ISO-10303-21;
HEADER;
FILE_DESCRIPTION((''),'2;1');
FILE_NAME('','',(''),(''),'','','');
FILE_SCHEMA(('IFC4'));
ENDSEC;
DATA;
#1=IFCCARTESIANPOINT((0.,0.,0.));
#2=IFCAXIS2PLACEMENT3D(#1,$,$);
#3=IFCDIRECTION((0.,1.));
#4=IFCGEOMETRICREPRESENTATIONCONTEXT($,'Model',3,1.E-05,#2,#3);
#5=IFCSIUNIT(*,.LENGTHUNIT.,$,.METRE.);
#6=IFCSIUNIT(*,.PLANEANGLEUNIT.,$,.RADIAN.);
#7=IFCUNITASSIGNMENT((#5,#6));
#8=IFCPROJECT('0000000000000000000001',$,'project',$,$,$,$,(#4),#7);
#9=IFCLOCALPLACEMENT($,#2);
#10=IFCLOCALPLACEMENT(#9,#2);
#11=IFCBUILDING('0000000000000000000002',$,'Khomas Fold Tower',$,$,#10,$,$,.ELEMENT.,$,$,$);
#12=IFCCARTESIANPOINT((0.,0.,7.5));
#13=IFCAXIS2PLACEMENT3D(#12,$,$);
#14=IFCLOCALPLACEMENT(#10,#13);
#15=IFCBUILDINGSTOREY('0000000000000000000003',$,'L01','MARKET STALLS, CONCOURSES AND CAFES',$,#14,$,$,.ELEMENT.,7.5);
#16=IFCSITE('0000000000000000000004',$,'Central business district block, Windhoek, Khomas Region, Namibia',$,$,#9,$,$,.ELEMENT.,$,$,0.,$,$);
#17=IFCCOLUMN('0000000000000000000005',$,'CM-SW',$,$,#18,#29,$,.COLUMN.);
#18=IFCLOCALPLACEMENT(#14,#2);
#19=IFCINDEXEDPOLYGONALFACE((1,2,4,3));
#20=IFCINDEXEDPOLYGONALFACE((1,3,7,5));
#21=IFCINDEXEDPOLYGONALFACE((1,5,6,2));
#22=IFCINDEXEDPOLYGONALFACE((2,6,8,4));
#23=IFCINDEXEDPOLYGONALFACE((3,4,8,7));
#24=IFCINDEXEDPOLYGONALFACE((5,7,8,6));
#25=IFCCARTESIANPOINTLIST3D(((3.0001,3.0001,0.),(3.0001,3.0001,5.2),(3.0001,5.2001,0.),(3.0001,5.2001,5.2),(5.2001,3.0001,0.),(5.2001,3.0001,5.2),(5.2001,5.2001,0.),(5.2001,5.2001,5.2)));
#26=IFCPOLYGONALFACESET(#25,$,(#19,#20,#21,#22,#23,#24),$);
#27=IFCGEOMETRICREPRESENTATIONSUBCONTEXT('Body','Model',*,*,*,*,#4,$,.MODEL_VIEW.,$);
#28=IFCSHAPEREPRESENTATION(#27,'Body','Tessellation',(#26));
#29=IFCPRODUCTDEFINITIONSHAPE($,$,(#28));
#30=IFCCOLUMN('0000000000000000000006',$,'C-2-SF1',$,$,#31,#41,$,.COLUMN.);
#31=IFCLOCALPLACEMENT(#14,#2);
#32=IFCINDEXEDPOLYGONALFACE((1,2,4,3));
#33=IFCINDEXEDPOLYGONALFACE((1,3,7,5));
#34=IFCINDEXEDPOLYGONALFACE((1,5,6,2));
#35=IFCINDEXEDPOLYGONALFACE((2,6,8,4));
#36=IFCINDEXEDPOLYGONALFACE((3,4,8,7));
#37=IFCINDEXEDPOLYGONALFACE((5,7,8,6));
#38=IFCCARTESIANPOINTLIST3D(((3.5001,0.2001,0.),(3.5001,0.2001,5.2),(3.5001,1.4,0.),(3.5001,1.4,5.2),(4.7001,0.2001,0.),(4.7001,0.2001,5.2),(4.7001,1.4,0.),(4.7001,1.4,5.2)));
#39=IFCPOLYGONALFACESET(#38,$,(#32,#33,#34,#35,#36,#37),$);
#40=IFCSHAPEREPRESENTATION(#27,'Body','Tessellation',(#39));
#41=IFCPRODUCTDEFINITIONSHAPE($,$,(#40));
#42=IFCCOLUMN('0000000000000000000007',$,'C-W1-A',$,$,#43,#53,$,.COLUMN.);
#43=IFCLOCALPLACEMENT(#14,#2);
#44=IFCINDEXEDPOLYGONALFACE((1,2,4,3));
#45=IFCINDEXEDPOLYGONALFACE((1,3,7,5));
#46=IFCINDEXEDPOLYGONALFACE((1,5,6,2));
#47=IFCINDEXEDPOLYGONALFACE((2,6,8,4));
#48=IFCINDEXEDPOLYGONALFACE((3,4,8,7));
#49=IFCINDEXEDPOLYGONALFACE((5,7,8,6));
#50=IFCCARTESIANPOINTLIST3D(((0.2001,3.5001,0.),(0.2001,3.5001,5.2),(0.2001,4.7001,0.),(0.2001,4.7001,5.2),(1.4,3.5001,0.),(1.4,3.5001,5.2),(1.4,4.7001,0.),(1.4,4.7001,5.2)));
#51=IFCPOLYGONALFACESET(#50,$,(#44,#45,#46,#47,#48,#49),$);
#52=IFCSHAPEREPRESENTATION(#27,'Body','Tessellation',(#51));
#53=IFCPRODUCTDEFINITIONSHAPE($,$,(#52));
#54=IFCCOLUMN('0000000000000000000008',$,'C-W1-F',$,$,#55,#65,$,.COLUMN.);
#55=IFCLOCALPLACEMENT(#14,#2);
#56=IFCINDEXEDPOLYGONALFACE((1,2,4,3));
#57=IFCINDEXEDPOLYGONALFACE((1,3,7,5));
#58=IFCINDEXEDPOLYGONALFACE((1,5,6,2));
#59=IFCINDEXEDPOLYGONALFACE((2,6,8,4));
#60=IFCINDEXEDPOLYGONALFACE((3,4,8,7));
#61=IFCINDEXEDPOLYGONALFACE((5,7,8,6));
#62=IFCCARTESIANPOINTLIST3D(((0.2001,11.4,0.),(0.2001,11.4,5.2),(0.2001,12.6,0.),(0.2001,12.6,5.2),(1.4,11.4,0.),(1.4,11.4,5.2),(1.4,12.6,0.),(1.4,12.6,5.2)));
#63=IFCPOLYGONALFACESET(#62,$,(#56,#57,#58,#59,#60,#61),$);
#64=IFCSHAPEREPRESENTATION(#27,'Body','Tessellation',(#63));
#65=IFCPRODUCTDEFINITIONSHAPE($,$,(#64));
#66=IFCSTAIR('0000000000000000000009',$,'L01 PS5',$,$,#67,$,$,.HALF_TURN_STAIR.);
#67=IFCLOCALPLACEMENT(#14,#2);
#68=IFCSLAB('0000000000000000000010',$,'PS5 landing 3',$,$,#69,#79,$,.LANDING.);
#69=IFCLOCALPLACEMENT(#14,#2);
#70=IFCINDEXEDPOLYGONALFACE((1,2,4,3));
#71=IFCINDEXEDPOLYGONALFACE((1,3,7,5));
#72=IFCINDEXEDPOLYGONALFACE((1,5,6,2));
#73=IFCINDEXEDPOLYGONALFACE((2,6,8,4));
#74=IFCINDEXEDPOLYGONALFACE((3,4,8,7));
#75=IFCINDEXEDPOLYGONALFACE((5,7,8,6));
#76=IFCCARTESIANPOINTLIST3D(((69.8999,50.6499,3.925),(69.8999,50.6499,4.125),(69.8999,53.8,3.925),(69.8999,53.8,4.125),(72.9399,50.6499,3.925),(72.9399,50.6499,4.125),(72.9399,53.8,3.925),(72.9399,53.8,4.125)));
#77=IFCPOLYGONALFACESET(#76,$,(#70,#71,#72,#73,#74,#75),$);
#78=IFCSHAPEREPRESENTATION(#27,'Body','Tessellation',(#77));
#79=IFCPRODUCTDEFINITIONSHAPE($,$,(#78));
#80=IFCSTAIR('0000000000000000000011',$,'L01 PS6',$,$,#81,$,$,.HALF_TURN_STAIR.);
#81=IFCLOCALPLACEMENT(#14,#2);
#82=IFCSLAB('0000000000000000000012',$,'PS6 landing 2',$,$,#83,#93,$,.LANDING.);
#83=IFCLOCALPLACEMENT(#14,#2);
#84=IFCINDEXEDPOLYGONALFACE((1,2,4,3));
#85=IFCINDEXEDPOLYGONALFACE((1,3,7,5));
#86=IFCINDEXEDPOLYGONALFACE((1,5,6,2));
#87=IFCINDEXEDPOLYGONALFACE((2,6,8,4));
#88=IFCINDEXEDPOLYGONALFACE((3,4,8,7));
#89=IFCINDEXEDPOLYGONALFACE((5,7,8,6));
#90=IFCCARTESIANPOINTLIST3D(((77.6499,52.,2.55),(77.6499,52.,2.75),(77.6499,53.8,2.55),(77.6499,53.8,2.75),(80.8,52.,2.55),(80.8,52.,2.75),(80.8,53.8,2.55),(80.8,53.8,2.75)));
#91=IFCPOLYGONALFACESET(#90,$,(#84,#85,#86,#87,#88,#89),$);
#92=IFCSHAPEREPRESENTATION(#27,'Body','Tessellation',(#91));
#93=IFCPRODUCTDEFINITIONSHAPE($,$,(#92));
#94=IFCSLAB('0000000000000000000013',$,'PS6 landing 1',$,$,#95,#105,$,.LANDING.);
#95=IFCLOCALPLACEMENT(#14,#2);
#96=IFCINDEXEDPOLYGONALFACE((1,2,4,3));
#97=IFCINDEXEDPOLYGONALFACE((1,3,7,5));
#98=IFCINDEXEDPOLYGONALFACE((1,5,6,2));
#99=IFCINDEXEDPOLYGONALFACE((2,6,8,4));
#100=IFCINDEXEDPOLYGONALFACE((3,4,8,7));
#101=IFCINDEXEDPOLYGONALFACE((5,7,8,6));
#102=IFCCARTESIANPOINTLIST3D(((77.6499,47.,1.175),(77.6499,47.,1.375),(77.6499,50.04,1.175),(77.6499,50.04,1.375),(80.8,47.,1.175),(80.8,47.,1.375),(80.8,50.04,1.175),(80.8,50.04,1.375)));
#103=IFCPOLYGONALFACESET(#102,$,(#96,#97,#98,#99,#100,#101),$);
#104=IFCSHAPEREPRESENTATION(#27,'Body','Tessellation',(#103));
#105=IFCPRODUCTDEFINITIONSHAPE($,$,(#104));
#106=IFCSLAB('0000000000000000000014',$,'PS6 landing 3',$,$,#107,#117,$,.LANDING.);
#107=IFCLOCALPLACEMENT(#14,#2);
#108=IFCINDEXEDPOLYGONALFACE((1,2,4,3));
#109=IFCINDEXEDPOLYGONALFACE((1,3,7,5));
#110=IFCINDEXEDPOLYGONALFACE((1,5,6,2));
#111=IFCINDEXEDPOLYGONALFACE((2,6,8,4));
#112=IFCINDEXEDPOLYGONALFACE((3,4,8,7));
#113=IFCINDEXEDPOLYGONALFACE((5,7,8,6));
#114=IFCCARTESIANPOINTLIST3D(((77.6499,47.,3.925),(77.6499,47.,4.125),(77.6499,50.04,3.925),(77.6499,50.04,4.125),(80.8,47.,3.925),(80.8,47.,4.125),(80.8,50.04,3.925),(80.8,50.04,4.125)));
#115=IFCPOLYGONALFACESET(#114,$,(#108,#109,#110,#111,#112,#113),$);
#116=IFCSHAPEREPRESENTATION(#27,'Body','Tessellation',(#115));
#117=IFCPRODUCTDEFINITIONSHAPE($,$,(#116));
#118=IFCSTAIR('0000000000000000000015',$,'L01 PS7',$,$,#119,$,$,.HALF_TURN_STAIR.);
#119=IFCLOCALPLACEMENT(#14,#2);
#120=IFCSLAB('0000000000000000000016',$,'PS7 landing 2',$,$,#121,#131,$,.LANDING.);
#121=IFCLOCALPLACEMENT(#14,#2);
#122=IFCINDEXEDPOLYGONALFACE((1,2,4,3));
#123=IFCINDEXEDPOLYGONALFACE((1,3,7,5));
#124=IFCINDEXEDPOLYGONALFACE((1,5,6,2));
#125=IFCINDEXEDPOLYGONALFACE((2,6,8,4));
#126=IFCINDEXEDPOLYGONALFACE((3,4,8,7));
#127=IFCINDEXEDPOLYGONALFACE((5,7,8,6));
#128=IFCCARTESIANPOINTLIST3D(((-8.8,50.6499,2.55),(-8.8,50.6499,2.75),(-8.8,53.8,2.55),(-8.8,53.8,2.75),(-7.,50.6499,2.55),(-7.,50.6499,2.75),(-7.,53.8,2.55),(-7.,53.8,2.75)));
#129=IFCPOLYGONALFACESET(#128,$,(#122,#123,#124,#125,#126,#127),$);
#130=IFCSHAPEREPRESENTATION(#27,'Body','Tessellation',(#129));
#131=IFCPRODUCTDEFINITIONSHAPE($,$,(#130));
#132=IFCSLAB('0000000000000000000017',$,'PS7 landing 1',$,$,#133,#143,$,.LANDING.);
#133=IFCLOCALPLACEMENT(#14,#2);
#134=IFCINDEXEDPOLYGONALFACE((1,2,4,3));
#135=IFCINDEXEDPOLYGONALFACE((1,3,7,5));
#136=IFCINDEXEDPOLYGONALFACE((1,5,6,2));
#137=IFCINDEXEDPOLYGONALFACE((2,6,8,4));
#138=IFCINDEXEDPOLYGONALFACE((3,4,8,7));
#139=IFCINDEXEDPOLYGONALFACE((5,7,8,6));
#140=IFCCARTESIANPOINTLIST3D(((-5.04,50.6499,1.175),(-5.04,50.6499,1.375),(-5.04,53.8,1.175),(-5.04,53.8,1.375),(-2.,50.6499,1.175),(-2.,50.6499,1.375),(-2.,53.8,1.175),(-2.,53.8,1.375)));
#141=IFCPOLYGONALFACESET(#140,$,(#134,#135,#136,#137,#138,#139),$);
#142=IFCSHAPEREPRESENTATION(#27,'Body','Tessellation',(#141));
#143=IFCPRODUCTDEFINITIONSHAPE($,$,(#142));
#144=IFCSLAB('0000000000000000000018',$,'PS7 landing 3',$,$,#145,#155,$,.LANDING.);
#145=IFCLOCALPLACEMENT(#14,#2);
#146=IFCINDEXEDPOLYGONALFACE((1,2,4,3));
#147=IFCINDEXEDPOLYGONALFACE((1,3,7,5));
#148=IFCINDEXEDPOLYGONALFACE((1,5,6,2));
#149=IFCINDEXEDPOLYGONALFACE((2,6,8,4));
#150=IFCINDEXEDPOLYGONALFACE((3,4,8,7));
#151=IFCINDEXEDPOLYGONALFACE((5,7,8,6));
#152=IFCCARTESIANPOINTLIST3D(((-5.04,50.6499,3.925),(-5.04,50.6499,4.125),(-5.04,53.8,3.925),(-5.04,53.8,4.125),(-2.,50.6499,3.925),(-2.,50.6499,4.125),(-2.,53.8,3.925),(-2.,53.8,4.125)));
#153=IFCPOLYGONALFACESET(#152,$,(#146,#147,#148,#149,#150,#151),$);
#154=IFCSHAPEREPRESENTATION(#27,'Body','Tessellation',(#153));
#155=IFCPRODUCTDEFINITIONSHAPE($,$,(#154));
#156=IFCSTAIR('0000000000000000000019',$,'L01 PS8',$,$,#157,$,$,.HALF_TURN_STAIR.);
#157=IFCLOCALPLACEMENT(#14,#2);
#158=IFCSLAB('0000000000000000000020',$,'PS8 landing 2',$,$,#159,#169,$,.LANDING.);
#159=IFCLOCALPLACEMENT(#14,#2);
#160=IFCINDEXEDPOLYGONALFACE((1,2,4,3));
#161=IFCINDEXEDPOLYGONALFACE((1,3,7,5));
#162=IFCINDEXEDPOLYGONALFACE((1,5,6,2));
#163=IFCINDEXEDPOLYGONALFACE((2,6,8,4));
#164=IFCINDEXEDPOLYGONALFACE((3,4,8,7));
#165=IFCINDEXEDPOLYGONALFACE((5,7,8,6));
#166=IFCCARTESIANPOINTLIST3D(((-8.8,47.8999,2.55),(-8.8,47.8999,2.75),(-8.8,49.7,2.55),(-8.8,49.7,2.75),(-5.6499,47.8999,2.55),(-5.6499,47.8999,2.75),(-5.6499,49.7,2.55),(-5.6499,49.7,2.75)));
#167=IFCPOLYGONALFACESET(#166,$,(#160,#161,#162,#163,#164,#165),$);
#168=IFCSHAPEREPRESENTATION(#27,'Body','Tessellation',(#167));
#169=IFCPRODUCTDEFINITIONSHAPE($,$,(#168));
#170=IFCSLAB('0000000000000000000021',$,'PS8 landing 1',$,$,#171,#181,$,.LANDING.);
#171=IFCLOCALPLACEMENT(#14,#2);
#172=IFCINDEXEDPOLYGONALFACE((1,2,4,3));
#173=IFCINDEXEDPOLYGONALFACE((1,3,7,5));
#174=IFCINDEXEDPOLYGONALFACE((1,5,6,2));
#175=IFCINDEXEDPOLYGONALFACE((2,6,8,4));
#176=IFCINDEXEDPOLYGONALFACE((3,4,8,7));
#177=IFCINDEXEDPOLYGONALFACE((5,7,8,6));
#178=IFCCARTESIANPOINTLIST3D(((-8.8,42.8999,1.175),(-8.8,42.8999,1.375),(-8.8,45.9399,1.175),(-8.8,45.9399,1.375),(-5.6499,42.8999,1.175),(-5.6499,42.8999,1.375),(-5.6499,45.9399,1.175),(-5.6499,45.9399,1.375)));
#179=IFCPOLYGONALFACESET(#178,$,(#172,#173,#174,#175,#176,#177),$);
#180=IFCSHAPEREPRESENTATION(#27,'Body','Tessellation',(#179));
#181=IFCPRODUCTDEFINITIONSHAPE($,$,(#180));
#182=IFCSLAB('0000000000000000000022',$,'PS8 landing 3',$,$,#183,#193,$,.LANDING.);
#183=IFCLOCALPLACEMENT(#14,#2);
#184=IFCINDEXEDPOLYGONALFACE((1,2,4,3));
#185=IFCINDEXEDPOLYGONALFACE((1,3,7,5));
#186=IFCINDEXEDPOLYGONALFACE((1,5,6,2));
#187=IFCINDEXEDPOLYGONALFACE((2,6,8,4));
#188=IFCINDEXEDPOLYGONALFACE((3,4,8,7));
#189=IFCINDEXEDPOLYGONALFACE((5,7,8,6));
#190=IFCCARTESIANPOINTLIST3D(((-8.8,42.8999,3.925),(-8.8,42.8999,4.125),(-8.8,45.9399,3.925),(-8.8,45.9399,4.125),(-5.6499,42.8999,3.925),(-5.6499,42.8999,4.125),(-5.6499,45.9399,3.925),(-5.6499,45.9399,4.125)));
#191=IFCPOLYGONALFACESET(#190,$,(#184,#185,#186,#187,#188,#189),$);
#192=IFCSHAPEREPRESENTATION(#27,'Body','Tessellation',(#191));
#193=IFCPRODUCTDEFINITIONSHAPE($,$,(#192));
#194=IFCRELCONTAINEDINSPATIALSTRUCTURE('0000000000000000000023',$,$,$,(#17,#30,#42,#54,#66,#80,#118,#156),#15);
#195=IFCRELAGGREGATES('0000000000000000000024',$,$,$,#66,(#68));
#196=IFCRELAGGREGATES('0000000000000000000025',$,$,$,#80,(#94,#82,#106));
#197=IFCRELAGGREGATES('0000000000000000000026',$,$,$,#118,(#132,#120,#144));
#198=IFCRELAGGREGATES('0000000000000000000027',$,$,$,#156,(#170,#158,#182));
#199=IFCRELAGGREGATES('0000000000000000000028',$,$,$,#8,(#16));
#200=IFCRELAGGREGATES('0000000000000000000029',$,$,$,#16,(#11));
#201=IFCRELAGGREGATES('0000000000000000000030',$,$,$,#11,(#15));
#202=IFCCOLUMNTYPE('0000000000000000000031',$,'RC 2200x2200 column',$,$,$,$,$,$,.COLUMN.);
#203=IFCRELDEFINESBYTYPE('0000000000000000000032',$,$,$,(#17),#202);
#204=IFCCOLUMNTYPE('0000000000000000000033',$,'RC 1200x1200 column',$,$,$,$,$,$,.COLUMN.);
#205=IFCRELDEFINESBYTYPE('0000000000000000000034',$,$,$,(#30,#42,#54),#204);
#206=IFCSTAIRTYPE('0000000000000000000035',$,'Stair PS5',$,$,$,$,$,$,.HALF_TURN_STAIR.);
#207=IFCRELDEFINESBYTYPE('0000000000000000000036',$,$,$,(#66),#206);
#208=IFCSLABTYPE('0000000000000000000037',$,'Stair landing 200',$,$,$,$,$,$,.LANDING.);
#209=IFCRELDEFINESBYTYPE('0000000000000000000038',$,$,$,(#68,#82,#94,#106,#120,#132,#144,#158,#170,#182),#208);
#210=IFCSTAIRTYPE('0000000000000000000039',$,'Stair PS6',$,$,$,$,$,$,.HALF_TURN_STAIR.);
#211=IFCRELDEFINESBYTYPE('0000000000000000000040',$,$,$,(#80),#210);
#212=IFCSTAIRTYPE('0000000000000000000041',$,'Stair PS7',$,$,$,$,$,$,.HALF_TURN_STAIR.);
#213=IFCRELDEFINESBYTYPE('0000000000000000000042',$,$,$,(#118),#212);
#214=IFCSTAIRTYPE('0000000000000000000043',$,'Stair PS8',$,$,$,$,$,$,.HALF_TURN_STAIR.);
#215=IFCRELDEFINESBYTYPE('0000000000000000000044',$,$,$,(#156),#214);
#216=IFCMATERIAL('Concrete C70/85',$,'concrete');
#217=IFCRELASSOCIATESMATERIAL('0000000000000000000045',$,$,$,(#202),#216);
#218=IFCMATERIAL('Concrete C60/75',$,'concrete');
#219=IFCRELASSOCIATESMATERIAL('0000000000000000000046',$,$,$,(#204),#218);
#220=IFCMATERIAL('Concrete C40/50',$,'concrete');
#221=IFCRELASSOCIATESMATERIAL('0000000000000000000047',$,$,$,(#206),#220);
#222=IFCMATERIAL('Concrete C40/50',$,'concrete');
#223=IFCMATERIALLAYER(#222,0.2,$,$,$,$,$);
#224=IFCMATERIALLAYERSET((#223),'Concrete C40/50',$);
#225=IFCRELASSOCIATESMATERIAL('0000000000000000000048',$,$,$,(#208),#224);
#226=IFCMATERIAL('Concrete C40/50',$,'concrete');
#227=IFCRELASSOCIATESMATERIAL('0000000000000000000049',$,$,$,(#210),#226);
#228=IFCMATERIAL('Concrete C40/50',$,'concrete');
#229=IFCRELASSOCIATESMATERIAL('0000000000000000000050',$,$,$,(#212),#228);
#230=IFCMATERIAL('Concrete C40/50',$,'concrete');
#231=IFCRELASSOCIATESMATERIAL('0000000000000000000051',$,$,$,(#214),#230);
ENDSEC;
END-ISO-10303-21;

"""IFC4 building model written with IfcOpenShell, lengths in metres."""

from ifc_helpers import new_model, si_unit, direction, frame, origin, origin_2d, place, context, subcontext, project, spatial, polyline, rectangle, outline, extrude, source, transform, mapped, material, layer, layer_set, material_profile, profile_set, type_object, element, aggregate, save


model = new_model("IFC4")

# Units and contexts
model_context = context("Model", 3, precision=1e-05, world=origin(), true_north=direction((0.0, 1.0)))
body_context = subcontext(model_context, "Body", "Model", "MODEL_VIEW")
ifc_project = project(units=[si_unit("LENGTHUNIT", "METRE"), si_unit("PLANEANGLEUNIT", "RADIAN")], contexts=[model_context])

# Site, building, storey
site_placement = place(None, origin())
site = spatial("IfcSite", under=ifc_project, at=site_placement, Name="Central business district block, Windhoek, Khomas Region, Namibia", CompositionType="ELEMENT", RefElevation=0.0)
building_placement = place(site_placement, origin())
building = spatial("IfcBuilding", under=site, at=building_placement, Name="Khomas Fold Tower", CompositionType="ELEMENT")
storey_placement = place(building_placement, frame((0.0, 0.0, 7.5)))
storey = spatial("IfcBuildingStorey", under=building, at=storey_placement, Name="L01", Description="MARKET STALLS, CONCOURSES AND CAFES", CompositionType="ELEMENT", Elevation=7.5)

# Columns
ifc_material_1 = material(Name="Concrete C70/85", Category="concrete")
ifc_material_profile_1 = material_profile(ifc_material_1, rectangle(XDim=2.2, YDim=2.2, at=origin_2d()), Name="RC 2200x2200")
ifc_profile_set_1 = profile_set([ifc_material_profile_1], Name="Concrete C70/85")
column_type_1 = type_object("IfcColumnType", Name="RC 2200x2200 column", PredefinedType="COLUMN", material=ifc_profile_set_1)
shared_shape_1 = source(origin(), body_context, "Body", "SweptSolid", [
    extrude(rectangle(XDim=2.2, YDim=2.2, at=origin_2d()), origin(), (0.0, 0.0, 1.0), 5.2),
])
column_placement = place(storey_placement, frame((4.1001, 4.1001, 0.0), z_axis=(0.0, 0.0, 1.0), x_axis=(1.0, 0.0, 0.0)))
element("IfcColumn", 1, at=column_placement, inside=storey, type_object=column_type_1, Name="CM-SW", PredefinedType="COLUMN", context=body_context, shape_type="MappedRepresentation", body=[
    mapped(shared_shape_1, transform((0.0, 0.0, 0.0))),
])
ifc_material_2 = material(Name="Concrete C60/75", Category="concrete")
ifc_material_profile_2 = material_profile(ifc_material_2, rectangle(XDim=1.2, YDim=1.2, at=origin_2d()), Name="RC 1200x1200")
ifc_profile_set_2 = profile_set([ifc_material_profile_2], Name="Concrete C60/75")
column_type_2 = type_object("IfcColumnType", Name="RC 1200x1200 column", PredefinedType="COLUMN", material=ifc_profile_set_2)
shared_shape_2 = source(origin(), body_context, "Body", "SweptSolid", [
    extrude(rectangle(XDim=1.2, YDim=1.2, at=origin_2d()), origin(), (0.0, 0.0, 1.0), 5.2),
])
for number, where, z_axis, x_axis, name in (
    (2, (4.1001, 0.8, 0.0), (0.0, 0.0, 1.0), (1.0, 0.0, 0.0), "C-2-SF1"),
    (3, (0.8, 4.1001, 0.0), (0.0, 0.0, 1.0), (1.0, 0.0, 0.0), "C-W1-A"),
    (4, (0.8, 12.0, 0.0), (0.0, 0.0, 1.0), (1.0, 0.0, 0.0), "C-W1-F"),
):
    element("IfcColumn", number, at=place(storey_placement, frame(where, z_axis=z_axis, x_axis=x_axis)), inside=storey, type_object=column_type_2, Name=name, PredefinedType="COLUMN", context=body_context, shape_type="MappedRepresentation", body=[
        mapped(shared_shape_2, transform((0.0, 0.0, 0.0))),
    ])

# Stair, slab
ifc_material_3 = material(Name="Concrete C40/50", Category="concrete")
stair_type_1 = type_object("IfcStairType", Name="Stair PS5", PredefinedType="HALF_TURN_STAIR", material=ifc_material_3)
stair_1_placement = place(storey_placement, origin())
stair_1 = element("IfcStair", 5, at=stair_1_placement, inside=storey, type_object=stair_type_1, Name="L01 PS5", PredefinedType="HALF_TURN_STAIR")
ifc_material_4 = material(Name="Concrete C40/50", Category="concrete")
ifc_layer_1 = layer(ifc_material_4, 0.2)
ifc_layer_set_1 = layer_set([ifc_layer_1], Name="Concrete C40/50")
slab_type = type_object("IfcSlabType", Name="Stair landing 200", PredefinedType="LANDING", material=ifc_layer_set_1)
shared_shape_3 = source(origin(), body_context, "Body", "SweptSolid", [
    extrude(outline(polyline([(72.9399, 53.8), (69.8999, 53.8), (69.8999, 50.6499), (72.9399, 50.6499), (72.9399, 53.8)])), origin(), (0.0, 0.0, 1.0), 0.2),
])
slab_1_placement = place(storey_placement, frame((0.0, 0.0, 3.925)))
slab_1 = element("IfcSlab", 6, at=slab_1_placement, type_object=slab_type, Name="PS5 landing 3", PredefinedType="LANDING", context=body_context, shape_type="MappedRepresentation", body=[
    mapped(shared_shape_3, transform((0.0, 0.0, 0.0))),
])
aggregate(stair_1, [slab_1])

# Stairs, slabs
ifc_material_5 = material(Name="Concrete C40/50", Category="concrete")
stair_type_2 = type_object("IfcStairType", Name="Stair PS6", PredefinedType="HALF_TURN_STAIR", material=ifc_material_5)
stair_2_placement = place(storey_placement, origin())
stair_2 = element("IfcStair", 7, at=stair_2_placement, inside=storey, type_object=stair_type_2, Name="L01 PS6", PredefinedType="HALF_TURN_STAIR")
shared_shape_4 = source(origin(), body_context, "Body", "SweptSolid", [
    extrude(outline(polyline([(77.6499, 53.8), (77.6499, 52.0), (80.8, 52.0), (80.8, 53.8), (77.6499, 53.8)])), origin(), (0.0, 0.0, 1.0), 0.2),
])
slab_2_placement = place(storey_placement, frame((0.0, 0.0, 2.55)))
slab_2 = element("IfcSlab", 8, at=slab_2_placement, type_object=slab_type, Name="PS6 landing 2", PredefinedType="LANDING", context=body_context, shape_type="MappedRepresentation", body=[
    mapped(shared_shape_4, transform((0.0, 0.0, 0.0))),
])
shared_shape_5 = source(origin(), body_context, "Body", "SweptSolid", [
    extrude(outline(polyline([(77.6499, 50.04), (77.6499, 47.0), (80.8, 47.0), (80.8, 50.04), (77.6499, 50.04)])), origin(), (0.0, 0.0, 1.0), 0.2),
])
slab_3_placement = place(storey_placement, frame((0.0, 0.0, 1.175)))
slab_3 = element("IfcSlab", 9, at=slab_3_placement, type_object=slab_type, Name="PS6 landing 1", PredefinedType="LANDING", context=body_context, shape_type="MappedRepresentation", body=[
    mapped(shared_shape_5, transform((0.0, 0.0, 0.0))),
])
slab_4_placement = place(storey_placement, frame((0.0, 0.0, 3.925)))
slab_4 = element("IfcSlab", 10, at=slab_4_placement, type_object=slab_type, Name="PS6 landing 3", PredefinedType="LANDING", context=body_context, shape_type="MappedRepresentation", body=[
    mapped(shared_shape_5, transform((0.0, 0.0, 0.0))),
])
aggregate(stair_2, [slab_3, slab_2, slab_4])
ifc_material_6 = material(Name="Concrete C40/50", Category="concrete")
stair_type_3 = type_object("IfcStairType", Name="Stair PS7", PredefinedType="HALF_TURN_STAIR", material=ifc_material_6)
stair_3_placement = place(storey_placement, origin())
stair_3 = element("IfcStair", 11, at=stair_3_placement, inside=storey, type_object=stair_type_3, Name="L01 PS7", PredefinedType="HALF_TURN_STAIR")
shared_shape_6 = source(origin(), body_context, "Body", "SweptSolid", [
    extrude(outline(polyline([(-8.8, 50.6499), (-7.0, 50.6499), (-7.0, 53.8), (-8.8, 53.8), (-8.8, 50.6499)])), origin(), (0.0, 0.0, 1.0), 0.2),
])
slab_5_placement = place(storey_placement, frame((0.0, 0.0, 2.55)))
slab_5 = element("IfcSlab", 12, at=slab_5_placement, type_object=slab_type, Name="PS7 landing 2", PredefinedType="LANDING", context=body_context, shape_type="MappedRepresentation", body=[
    mapped(shared_shape_6, transform((0.0, 0.0, 0.0))),
])
shared_shape_7 = source(origin(), body_context, "Body", "SweptSolid", [
    extrude(outline(polyline([(-5.04, 50.6499), (-2.0, 50.6499), (-2.0, 53.8), (-5.04, 53.8), (-5.04, 50.6499)])), origin(), (0.0, 0.0, 1.0), 0.2),
])
slab_6_placement = place(storey_placement, frame((0.0, 0.0, 1.175)))
slab_6 = element("IfcSlab", 13, at=slab_6_placement, type_object=slab_type, Name="PS7 landing 1", PredefinedType="LANDING", context=body_context, shape_type="MappedRepresentation", body=[
    mapped(shared_shape_7, transform((0.0, 0.0, 0.0))),
])
slab_7_placement = place(storey_placement, frame((0.0, 0.0, 3.925)))
slab_7 = element("IfcSlab", 14, at=slab_7_placement, type_object=slab_type, Name="PS7 landing 3", PredefinedType="LANDING", context=body_context, shape_type="MappedRepresentation", body=[
    mapped(shared_shape_7, transform((0.0, 0.0, 0.0))),
])
aggregate(stair_3, [slab_6, slab_5, slab_7])
ifc_material_7 = material(Name="Concrete C40/50", Category="concrete")
stair_type_4 = type_object("IfcStairType", Name="Stair PS8", PredefinedType="HALF_TURN_STAIR", material=ifc_material_7)
stair_4_placement = place(storey_placement, origin())
stair_4 = element("IfcStair", 15, at=stair_4_placement, inside=storey, type_object=stair_type_4, Name="L01 PS8", PredefinedType="HALF_TURN_STAIR")
shared_shape_8 = source(origin(), body_context, "Body", "SweptSolid", [
    extrude(outline(polyline([(-8.8, 49.7), (-8.8, 47.8999), (-5.6499, 47.8999), (-5.6499, 49.7), (-8.8, 49.7)])), origin(), (0.0, 0.0, 1.0), 0.2),
])
slab_8_placement = place(storey_placement, frame((0.0, 0.0, 2.55)))
slab_8 = element("IfcSlab", 16, at=slab_8_placement, type_object=slab_type, Name="PS8 landing 2", PredefinedType="LANDING", context=body_context, shape_type="MappedRepresentation", body=[
    mapped(shared_shape_8, transform((0.0, 0.0, 0.0))),
])
shared_shape_9 = source(origin(), body_context, "Body", "SweptSolid", [
    extrude(outline(polyline([(-8.8, 45.9399), (-8.8, 42.8999), (-5.6499, 42.8999), (-5.6499, 45.9399), (-8.8, 45.9399)])), origin(), (0.0, 0.0, 1.0), 0.2),
])
slab_9_placement = place(storey_placement, frame((0.0, 0.0, 1.175)))
slab_9 = element("IfcSlab", 17, at=slab_9_placement, type_object=slab_type, Name="PS8 landing 1", PredefinedType="LANDING", context=body_context, shape_type="MappedRepresentation", body=[
    mapped(shared_shape_9, transform((0.0, 0.0, 0.0))),
])
slab_10_placement = place(storey_placement, frame((0.0, 0.0, 3.925)))
slab_10 = element("IfcSlab", 18, at=slab_10_placement, type_object=slab_type, Name="PS8 landing 3", PredefinedType="LANDING", context=body_context, shape_type="MappedRepresentation", body=[
    mapped(shared_shape_9, transform((0.0, 0.0, 0.0))),
])
aggregate(stair_4, [slab_9, slab_8, slab_10])

save(model, "model.ifc")
